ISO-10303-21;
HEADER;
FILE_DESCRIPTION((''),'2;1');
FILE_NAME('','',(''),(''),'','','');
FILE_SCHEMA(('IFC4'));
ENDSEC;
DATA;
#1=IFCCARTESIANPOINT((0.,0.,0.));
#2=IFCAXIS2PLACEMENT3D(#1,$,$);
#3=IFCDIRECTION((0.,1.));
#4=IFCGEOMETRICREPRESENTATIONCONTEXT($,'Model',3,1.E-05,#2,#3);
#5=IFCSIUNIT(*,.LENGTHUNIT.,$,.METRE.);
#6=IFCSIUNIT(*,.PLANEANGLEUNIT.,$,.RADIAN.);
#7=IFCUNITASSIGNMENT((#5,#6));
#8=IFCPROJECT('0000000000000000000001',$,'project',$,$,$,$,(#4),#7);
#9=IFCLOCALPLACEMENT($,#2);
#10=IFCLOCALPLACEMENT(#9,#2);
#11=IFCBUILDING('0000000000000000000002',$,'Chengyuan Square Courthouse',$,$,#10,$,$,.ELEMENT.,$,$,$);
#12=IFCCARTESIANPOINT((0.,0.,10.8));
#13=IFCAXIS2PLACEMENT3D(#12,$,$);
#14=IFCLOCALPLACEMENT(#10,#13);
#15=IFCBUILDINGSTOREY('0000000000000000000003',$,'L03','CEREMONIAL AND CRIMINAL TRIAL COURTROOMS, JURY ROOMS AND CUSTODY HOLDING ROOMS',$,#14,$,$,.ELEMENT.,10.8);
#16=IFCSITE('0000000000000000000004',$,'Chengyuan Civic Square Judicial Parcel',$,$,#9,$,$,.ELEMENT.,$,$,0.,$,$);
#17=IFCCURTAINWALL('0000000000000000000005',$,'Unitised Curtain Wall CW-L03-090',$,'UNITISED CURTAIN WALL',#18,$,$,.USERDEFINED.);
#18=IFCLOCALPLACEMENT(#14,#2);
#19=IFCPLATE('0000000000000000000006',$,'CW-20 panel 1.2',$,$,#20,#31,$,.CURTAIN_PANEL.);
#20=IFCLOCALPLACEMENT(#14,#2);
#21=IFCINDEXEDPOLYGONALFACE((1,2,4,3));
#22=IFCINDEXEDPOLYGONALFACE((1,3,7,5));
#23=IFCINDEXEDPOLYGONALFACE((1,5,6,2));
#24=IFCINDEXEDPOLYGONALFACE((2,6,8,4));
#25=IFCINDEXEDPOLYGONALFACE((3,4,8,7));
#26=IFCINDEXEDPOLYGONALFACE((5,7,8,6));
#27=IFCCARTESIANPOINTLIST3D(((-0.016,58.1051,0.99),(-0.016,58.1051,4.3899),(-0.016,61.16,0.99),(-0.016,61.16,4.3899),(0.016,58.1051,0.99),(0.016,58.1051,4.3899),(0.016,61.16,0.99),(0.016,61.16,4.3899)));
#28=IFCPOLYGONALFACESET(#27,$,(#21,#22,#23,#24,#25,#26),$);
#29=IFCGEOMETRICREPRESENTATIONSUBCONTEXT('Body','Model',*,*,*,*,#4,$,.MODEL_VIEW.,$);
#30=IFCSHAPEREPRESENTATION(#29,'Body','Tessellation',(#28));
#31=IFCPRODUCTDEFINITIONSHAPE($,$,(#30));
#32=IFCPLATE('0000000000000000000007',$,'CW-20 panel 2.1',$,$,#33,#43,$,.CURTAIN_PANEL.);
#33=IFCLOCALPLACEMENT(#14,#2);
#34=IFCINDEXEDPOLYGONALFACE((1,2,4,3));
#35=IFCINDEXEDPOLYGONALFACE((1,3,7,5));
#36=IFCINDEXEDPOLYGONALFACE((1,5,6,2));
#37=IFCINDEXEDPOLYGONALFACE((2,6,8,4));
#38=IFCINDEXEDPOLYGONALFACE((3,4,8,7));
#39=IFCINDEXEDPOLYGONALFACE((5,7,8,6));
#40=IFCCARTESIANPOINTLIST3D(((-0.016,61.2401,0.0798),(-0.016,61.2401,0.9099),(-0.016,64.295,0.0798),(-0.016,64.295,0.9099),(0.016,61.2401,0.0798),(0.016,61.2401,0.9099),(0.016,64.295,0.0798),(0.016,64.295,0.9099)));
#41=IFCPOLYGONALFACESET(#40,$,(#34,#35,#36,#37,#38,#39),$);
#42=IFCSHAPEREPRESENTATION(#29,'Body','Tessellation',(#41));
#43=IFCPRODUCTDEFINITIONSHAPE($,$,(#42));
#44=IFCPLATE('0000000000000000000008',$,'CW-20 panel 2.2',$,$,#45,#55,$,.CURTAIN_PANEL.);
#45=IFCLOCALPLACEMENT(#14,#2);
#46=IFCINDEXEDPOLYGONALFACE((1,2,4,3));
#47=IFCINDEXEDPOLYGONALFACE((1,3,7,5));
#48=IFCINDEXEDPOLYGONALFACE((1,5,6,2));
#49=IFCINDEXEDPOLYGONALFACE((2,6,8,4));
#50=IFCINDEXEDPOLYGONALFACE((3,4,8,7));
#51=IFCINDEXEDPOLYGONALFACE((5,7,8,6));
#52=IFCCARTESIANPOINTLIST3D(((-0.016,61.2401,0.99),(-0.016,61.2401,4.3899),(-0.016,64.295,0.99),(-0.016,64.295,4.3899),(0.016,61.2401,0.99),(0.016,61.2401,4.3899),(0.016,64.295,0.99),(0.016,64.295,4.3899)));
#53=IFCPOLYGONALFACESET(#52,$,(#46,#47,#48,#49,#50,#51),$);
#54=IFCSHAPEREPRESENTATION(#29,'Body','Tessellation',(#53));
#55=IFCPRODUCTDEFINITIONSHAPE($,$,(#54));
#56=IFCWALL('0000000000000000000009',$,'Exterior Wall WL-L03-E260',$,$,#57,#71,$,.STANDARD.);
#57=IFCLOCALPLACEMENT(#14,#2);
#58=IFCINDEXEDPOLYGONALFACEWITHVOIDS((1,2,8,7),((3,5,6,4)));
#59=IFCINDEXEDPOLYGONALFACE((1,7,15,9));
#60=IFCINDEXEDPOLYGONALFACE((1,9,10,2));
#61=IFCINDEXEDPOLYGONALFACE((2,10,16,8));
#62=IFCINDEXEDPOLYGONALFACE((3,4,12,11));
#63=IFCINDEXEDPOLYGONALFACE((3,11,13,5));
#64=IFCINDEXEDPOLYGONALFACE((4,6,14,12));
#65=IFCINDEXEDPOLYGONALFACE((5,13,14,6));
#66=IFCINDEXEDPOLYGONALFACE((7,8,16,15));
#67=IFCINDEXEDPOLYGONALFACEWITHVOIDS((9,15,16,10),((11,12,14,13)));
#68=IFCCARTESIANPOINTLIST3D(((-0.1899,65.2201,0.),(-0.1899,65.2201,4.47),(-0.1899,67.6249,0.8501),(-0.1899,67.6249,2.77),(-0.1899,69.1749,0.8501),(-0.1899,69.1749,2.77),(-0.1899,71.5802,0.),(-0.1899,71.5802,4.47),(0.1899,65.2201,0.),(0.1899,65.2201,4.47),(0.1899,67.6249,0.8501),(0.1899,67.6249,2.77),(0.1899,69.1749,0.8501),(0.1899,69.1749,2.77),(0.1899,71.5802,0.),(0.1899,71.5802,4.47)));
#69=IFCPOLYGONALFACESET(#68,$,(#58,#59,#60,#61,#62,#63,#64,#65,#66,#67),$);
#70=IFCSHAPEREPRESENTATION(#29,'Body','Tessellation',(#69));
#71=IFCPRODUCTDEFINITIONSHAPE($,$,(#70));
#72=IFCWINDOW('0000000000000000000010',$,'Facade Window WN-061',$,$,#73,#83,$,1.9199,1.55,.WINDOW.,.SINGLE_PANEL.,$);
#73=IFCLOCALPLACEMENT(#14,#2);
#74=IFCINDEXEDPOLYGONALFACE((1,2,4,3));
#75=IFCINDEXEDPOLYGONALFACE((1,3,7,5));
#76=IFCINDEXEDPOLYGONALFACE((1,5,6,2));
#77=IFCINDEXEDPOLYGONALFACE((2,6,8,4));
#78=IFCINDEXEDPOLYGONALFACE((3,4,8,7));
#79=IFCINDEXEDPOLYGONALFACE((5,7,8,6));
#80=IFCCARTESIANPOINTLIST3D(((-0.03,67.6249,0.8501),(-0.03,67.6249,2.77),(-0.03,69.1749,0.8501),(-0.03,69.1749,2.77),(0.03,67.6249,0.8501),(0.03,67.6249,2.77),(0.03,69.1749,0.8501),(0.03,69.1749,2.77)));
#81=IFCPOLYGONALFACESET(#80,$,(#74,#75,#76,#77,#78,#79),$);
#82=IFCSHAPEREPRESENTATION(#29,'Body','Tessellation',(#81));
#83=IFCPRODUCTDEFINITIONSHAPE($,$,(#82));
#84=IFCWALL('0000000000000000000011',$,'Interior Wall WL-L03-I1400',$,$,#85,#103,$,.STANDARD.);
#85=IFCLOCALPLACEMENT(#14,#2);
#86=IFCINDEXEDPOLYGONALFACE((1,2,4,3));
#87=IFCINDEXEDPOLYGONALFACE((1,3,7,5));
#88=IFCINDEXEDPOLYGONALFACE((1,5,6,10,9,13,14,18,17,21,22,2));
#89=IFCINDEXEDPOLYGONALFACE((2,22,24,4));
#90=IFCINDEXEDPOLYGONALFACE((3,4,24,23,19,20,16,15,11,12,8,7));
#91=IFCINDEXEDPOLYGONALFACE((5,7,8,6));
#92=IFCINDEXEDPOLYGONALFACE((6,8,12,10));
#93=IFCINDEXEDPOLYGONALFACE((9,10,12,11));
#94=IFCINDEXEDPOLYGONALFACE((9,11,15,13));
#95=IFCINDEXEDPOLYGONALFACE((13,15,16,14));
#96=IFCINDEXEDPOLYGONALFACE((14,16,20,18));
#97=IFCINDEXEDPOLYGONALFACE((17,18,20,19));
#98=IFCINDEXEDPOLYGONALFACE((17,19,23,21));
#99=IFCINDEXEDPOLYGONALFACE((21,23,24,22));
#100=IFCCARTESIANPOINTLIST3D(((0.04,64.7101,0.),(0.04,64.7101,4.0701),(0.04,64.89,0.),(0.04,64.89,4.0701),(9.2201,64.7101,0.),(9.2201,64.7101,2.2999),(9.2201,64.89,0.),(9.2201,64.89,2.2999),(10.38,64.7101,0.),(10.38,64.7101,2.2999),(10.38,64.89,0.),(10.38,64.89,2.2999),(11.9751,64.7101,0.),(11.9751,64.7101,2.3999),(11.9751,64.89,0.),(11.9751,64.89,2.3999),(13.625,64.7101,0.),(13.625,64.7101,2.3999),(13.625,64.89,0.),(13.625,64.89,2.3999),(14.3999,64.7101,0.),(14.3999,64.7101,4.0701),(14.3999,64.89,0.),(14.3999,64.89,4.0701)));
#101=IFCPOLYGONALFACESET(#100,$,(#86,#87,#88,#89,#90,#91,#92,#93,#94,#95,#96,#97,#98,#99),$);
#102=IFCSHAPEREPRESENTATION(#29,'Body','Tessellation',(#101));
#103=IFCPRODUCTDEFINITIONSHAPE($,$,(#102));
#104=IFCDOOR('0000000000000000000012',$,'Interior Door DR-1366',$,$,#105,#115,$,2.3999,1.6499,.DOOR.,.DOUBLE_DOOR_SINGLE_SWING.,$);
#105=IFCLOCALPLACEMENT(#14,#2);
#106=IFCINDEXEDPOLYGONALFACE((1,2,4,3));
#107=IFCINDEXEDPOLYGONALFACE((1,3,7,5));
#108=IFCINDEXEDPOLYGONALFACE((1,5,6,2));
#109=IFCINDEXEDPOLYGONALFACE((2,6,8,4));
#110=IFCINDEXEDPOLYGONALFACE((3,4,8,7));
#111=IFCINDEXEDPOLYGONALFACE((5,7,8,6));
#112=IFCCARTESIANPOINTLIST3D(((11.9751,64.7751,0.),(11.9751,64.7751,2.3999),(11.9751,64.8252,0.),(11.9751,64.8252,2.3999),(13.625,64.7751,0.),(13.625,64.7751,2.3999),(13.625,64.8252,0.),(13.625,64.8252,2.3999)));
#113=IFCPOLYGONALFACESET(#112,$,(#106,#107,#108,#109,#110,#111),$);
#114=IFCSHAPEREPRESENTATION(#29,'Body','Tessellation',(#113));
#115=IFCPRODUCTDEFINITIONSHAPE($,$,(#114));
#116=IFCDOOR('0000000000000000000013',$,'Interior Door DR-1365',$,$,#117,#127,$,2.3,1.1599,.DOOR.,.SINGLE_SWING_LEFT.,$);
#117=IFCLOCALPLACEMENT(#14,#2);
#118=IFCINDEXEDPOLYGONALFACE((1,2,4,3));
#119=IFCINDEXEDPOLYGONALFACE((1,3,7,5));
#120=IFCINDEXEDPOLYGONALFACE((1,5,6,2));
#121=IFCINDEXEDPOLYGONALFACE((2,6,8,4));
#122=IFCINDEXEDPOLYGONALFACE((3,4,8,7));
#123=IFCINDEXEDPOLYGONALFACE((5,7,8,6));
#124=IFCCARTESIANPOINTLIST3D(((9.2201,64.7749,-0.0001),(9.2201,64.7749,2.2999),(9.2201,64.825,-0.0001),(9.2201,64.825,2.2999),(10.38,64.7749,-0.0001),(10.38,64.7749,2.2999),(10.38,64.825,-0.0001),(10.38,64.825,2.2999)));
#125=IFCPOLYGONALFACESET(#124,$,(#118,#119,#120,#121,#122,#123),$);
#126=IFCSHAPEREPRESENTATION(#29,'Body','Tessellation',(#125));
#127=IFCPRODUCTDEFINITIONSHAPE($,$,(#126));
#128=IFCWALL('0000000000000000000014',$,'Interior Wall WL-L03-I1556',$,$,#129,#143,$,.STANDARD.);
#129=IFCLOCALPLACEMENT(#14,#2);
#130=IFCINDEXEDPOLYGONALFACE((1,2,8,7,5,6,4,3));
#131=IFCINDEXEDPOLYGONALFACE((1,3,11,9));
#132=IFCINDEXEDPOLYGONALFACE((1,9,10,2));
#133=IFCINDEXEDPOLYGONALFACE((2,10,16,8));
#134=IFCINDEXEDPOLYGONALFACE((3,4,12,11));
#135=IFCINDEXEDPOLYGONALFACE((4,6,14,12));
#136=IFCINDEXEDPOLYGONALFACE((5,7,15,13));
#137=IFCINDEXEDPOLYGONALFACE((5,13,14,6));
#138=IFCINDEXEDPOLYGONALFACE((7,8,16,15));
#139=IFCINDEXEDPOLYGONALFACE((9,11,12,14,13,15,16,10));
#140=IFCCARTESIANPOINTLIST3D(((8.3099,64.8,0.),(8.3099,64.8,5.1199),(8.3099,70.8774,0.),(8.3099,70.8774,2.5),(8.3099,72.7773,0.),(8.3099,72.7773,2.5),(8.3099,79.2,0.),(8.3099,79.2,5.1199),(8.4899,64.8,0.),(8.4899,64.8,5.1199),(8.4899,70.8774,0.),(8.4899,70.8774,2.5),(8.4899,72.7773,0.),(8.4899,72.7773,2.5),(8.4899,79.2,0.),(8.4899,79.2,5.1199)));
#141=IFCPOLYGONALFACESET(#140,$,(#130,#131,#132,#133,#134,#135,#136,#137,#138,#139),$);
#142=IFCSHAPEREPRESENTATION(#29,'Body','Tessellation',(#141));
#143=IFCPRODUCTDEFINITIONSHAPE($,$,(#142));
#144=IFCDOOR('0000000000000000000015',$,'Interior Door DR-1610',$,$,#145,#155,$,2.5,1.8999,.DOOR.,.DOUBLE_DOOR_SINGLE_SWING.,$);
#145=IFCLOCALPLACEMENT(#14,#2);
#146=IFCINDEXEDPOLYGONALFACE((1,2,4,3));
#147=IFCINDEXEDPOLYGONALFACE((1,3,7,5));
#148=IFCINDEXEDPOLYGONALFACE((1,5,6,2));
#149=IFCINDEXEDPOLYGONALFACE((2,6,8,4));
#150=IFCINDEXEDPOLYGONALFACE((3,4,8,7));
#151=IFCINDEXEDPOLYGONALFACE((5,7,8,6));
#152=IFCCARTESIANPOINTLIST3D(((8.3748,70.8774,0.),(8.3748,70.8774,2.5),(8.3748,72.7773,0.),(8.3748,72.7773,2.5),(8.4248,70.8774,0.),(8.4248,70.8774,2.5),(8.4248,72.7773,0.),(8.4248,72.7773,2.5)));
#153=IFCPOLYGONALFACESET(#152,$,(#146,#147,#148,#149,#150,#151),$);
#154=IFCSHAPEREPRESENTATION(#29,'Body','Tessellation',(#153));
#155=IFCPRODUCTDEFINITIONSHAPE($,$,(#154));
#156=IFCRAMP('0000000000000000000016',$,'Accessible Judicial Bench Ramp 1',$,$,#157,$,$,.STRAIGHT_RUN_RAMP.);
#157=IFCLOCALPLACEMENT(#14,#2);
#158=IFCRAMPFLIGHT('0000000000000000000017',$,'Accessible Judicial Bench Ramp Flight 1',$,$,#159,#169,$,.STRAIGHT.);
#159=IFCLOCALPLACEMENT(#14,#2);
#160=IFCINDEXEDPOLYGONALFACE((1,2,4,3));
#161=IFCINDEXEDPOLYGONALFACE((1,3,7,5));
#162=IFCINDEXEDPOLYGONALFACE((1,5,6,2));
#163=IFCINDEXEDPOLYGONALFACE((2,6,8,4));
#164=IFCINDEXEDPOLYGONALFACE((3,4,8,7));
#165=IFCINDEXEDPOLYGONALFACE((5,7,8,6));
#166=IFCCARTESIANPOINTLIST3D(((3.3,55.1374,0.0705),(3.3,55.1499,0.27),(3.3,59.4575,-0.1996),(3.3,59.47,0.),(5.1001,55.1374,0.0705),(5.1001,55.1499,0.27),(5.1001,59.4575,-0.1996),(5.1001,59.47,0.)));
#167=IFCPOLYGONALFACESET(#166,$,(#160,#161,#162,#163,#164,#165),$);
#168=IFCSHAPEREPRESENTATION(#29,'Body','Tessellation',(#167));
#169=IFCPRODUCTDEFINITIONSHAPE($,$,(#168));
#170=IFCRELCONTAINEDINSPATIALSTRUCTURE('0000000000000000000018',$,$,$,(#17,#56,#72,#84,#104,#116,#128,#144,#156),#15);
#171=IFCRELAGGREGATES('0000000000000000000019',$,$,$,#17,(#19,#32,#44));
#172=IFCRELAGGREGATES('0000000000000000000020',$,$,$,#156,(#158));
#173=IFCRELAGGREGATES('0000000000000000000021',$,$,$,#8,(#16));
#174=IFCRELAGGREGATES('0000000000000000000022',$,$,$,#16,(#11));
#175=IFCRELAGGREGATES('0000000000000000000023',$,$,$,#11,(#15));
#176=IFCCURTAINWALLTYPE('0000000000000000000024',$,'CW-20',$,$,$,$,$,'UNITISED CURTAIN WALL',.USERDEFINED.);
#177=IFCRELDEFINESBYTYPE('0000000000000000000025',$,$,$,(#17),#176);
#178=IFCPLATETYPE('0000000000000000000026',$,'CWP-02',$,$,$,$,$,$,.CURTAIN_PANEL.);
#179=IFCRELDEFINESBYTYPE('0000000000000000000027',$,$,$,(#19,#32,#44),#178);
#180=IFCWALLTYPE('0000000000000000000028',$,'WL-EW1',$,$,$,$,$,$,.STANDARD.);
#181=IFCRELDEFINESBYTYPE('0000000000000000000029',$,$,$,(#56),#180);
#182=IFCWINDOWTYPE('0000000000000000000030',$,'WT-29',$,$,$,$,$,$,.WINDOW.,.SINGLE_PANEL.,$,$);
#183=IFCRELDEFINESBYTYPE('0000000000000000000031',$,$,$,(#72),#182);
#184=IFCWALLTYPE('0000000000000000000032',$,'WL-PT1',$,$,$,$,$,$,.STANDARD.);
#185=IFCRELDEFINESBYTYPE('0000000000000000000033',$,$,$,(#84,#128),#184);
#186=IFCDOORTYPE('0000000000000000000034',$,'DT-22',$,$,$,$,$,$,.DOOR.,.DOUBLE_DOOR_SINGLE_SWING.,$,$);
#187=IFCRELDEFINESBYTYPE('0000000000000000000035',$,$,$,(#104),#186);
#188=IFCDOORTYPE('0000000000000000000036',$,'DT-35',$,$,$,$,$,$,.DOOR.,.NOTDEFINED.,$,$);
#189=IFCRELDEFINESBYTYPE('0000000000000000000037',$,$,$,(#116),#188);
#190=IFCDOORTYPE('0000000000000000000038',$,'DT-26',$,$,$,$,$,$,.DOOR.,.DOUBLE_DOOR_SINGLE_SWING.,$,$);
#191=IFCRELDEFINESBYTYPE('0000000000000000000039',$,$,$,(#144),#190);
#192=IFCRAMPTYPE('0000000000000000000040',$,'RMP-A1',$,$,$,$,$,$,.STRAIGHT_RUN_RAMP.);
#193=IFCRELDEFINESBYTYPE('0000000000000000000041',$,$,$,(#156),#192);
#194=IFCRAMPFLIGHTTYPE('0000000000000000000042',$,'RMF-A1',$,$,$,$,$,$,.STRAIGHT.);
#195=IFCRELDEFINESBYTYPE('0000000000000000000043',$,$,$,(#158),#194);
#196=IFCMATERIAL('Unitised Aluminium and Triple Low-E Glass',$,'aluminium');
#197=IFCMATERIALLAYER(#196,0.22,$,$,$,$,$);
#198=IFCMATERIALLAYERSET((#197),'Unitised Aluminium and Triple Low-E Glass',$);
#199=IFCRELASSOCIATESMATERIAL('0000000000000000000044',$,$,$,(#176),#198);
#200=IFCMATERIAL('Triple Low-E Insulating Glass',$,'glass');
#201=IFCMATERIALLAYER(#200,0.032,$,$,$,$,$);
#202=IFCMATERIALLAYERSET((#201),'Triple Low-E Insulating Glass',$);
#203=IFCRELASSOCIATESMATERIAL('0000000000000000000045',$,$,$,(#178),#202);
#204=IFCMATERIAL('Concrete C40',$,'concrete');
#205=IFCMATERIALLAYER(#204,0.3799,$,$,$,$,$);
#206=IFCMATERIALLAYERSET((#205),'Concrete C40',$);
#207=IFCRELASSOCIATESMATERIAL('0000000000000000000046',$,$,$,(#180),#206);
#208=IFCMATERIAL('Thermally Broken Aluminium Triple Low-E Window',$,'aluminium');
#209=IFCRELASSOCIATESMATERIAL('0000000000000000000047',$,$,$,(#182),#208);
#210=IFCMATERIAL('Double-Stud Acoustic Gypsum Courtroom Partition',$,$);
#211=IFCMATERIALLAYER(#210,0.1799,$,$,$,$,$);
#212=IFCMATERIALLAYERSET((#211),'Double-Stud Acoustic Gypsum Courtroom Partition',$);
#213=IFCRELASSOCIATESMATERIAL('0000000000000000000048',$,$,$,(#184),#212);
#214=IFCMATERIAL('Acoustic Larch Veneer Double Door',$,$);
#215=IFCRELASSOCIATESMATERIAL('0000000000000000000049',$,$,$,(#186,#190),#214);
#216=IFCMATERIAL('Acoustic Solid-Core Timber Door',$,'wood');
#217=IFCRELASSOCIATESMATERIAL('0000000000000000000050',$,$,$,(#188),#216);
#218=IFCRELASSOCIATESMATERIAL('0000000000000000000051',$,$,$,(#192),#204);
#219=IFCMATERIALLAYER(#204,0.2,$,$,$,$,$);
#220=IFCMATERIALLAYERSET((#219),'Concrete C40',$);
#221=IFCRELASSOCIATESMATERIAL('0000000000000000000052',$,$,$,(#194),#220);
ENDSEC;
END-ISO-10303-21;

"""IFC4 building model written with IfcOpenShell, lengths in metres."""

from ifc_helpers import new_model, si_unit, direction, frame, frame_2d, origin, origin_2d, place, context, subcontext, project, spatial, polyline, rectangle, outline, extrude, material, layer, layer_set, type_object, element, fill, aggregate, save


model = new_model("IFC4")

# Units and contexts
model_context = context("Model", 3, precision=1e-05, world=origin(), true_north=direction((0.0, 1.0)))
body_context = subcontext(model_context, "Body", "Model", "MODEL_VIEW")
ifc_project = project(units=[si_unit("LENGTHUNIT", "METRE"), si_unit("PLANEANGLEUNIT", "RADIAN")], contexts=[model_context])

# Site, building, storey
site_placement = place(None, origin())
site = spatial("IfcSite", under=ifc_project, at=site_placement, Name="Chengyuan Civic Square Judicial Parcel", CompositionType="ELEMENT", RefElevation=0.0)
building_placement = place(site_placement, origin())
building = spatial("IfcBuilding", under=site, at=building_placement, Name="Chengyuan Square Courthouse", CompositionType="ELEMENT")
storey_placement = place(building_placement, frame((0.0, 0.0, 10.8)))
storey = spatial("IfcBuildingStorey", under=building, at=storey_placement, Name="L03", Description="CEREMONIAL AND CRIMINAL TRIAL COURTROOMS, JURY ROOMS AND CUSTODY HOLDING ROOMS", CompositionType="ELEMENT", Elevation=10.8)

# Shared definitions
ifc_material_1 = material(Name="Concrete C40", Category="concrete")

# Curtain wall
ifc_material_2 = material(Name="Unitised Aluminium and Triple Low-E Glass", Category="aluminium")
ifc_layer_1 = layer(ifc_material_2, 0.22)
ifc_layer_set_1 = layer_set([ifc_layer_1], Name="Unitised Aluminium and Triple Low-E Glass")
curtain_wall_type = type_object("IfcCurtainWallType", Name="CW-20", ElementType="UNITISED CURTAIN WALL", PredefinedType="USERDEFINED", material=ifc_layer_set_1)
curtain_wall_placement = place(storey_placement, origin())
curtain_wall = element("IfcCurtainWall", 1, at=curtain_wall_placement, inside=storey, type_object=curtain_wall_type, Name="Unitised Curtain Wall CW-L03-090", ObjectType="UNITISED CURTAIN WALL", PredefinedType="USERDEFINED")

# Plates
ifc_material_3 = material(Name="Triple Low-E Insulating Glass", Category="glass")
ifc_layer_2 = layer(ifc_material_3, 0.032)
ifc_layer_set_2 = layer_set([ifc_layer_2], Name="Triple Low-E Insulating Glass")
plate_type = type_object("IfcPlateType", Name="CWP-02", PredefinedType="CURTAIN_PANEL", material=ifc_layer_set_2)
plate_1_placement = place(storey_placement, frame((0.0, 59.6326, 0.99), z_axis=(0.0, 0.0, 1.0), x_axis=(0.0, 1.0, 0.0)))
plate_1 = element("IfcPlate", 2, at=plate_1_placement, type_object=plate_type, Name="CW-20 panel 1.2", PredefinedType="CURTAIN_PANEL", context=body_context, shape_type="SweptSolid", body=[
    extrude(rectangle(XDim=3.0549, YDim=0.032, at=origin_2d()), origin(), (0.0, 0.0, 1.0), 3.3999),
])
plate_2_placement = place(storey_placement, frame((0.0, 62.7676, 0.0798), z_axis=(0.0, 0.0, 1.0), x_axis=(0.0, 1.0, 0.0)))
plate_2 = element("IfcPlate", 3, at=plate_2_placement, type_object=plate_type, Name="CW-20 panel 2.1", PredefinedType="CURTAIN_PANEL", context=body_context, shape_type="SweptSolid", body=[
    extrude(rectangle(XDim=3.0549, YDim=0.032, at=origin_2d()), origin(), (0.0, 0.0, 1.0), 0.8301),
])
plate_3_placement = place(storey_placement, frame((0.0, 62.7676, 0.99), z_axis=(0.0, 0.0, 1.0), x_axis=(0.0, 1.0, 0.0)))
plate_3 = element("IfcPlate", 4, at=plate_3_placement, type_object=plate_type, Name="CW-20 panel 2.2", PredefinedType="CURTAIN_PANEL", context=body_context, shape_type="SweptSolid", body=[
    extrude(rectangle(XDim=3.0549, YDim=0.032, at=origin_2d()), origin(), (0.0, 0.0, 1.0), 3.3999),
])
aggregate(curtain_wall, [plate_1, plate_2, plate_3])

# Wall, opening, window
ifc_layer_3 = layer(ifc_material_1, 0.3799)
ifc_layer_set_3 = layer_set([ifc_layer_3], Name="Concrete C40")
wall_type_1 = type_object("IfcWallType", Name="WL-EW1", PredefinedType="STANDARD", material=ifc_layer_set_3)
wall_1_placement = place(storey_placement, frame((0.0, 65.22, 0.0), z_axis=(0.0, 0.0, 1.0), x_axis=(0.0, 1.0, 0.0)))
wall_1 = element("IfcWall", 5, at=wall_1_placement, inside=storey, type_object=wall_type_1, Name="Exterior Wall WL-L03-E260", PredefinedType="STANDARD", context=body_context, shape_type="SweptSolid", body=[
    extrude(rectangle(XDim=6.3601, YDim=0.3799, at=frame_2d((3.1802, 0.0))), origin(), (0.0, 0.0, 1.0), 4.47),
])
opening_1_placement = place(wall_1_placement, frame((2.405, 0.0, 0.8501)))
opening_1 = element("IfcOpeningElement", 6, at=opening_1_placement, cuts=wall_1, PredefinedType="OPENING", context=body_context, shape_type="SweptSolid", body=[
    extrude(rectangle(XDim=1.55, YDim=1.9199, at=frame_2d((0.7749, 0.96))), frame((0.0, 0.2019, 0.0), z_axis=(0.0, -1.0, 0.0), x_axis=(1.0, 0.0, 0.0)), (0.0, 0.0, 1.0), 0.4038),
])
ifc_material_4 = material(Name="Thermally Broken Aluminium Triple Low-E Window", Category="aluminium")
window_type = type_object("IfcWindowType", Name="WT-29", PartitioningType="SINGLE_PANEL", PredefinedType="WINDOW", material=ifc_material_4)
window_placement = place(opening_1_placement, origin())
window = element("IfcWindow", 7, at=window_placement, inside=storey, type_object=window_type, Name="Facade Window WN-061", OverallHeight=1.9199, OverallWidth=1.55, PartitioningType="SINGLE_PANEL", PredefinedType="WINDOW", context=body_context, shape_type="SweptSolid", body=[
    extrude(rectangle(XDim=1.55, YDim=1.9199, at=frame_2d((0.7749, 0.96))), frame((0.0, 0.03, 0.0), z_axis=(0.0, -1.0, 0.0), x_axis=(1.0, 0.0, 0.0)), (0.0, 0.0, 1.0), 0.0601),
])
fill(opening_1, window)

# Wall, openings, doors
ifc_material_5 = material(Name="Double-Stud Acoustic Gypsum Courtroom Partition")
ifc_layer_4 = layer(ifc_material_5, 0.1799)
ifc_layer_set_4 = layer_set([ifc_layer_4], Name="Double-Stud Acoustic Gypsum Courtroom Partition")
wall_type_2 = type_object("IfcWallType", Name="WL-PT1", PredefinedType="STANDARD", material=ifc_layer_set_4)
wall_2_placement = place(storey_placement, frame((0.04, 64.8, 0.0), z_axis=(0.0, 0.0, 1.0), x_axis=(1.0, 0.0, 0.0)))
wall_2 = element("IfcWall", 8, at=wall_2_placement, inside=storey, type_object=wall_type_2, Name="Interior Wall WL-L03-I1400", PredefinedType="STANDARD", context=body_context, shape_type="SweptSolid", body=[
    extrude(rectangle(XDim=14.3599, YDim=0.1799, at=frame_2d((7.1799, 0.0))), origin(), (0.0, 0.0, 1.0), 4.0701),
])
opening_2_placement = place(wall_2_placement, frame((9.1799, 0.0, 0.0)))
opening_2 = element("IfcOpeningElement", 9, at=opening_2_placement, cuts=wall_2, PredefinedType="OPENING", context=body_context, shape_type="SweptSolid", body=[
    extrude(rectangle(XDim=1.1599, YDim=2.3, at=frame_2d((0.5801, 1.1499))), frame((0.0, 0.1021, 0.0), z_axis=(0.0, -1.0, 0.0), x_axis=(1.0, 0.0, 0.0)), (0.0, 0.0, 1.0), 0.2039),
])
opening_3_placement = place(wall_2_placement, frame((11.9351, 0.0, 0.0)))
opening_3 = element("IfcOpeningElement", 10, at=opening_3_placement, cuts=wall_2, PredefinedType="OPENING", context=body_context, shape_type="SweptSolid", body=[
    extrude(rectangle(XDim=1.6499, YDim=2.3999, at=frame_2d((0.825, 1.2))), frame((0.0, 0.1021, 0.0), z_axis=(0.0, -1.0, 0.0), x_axis=(1.0, 0.0, 0.0)), (0.0, 0.0, 1.0), 0.2039),
])
ifc_material_6 = material(Name="Acoustic Larch Veneer Double Door")
door_type_1 = type_object("IfcDoorType", Name="DT-22", OperationType="DOUBLE_DOOR_SINGLE_SWING", PredefinedType="DOOR", material=ifc_material_6)
door_1_placement = place(opening_3_placement, frame((1.6499, 0.0, 0.0), z_axis=(0.0, 0.0, 1.0), x_axis=(-1.0, 0.0, 0.0)))
door_1 = element("IfcDoor", 11, at=door_1_placement, inside=storey, type_object=door_type_1, Name="Interior Door DR-1366", OperationType="DOUBLE_DOOR_SINGLE_SWING", OverallHeight=2.3999, OverallWidth=1.6499, PredefinedType="DOOR", context=body_context, shape_type="SweptSolid", body=[
    extrude(rectangle(XDim=1.6499, YDim=2.3999, at=frame_2d((0.825, 1.2))), frame((0.0, 0.0249, 0.0), z_axis=(0.0, -1.0, 0.0), x_axis=(1.0, 0.0, 0.0)), (0.0, 0.0, 1.0), 0.05),
])
fill(opening_3, door_1)
ifc_material_7 = material(Name="Acoustic Solid-Core Timber Door", Category="wood")
door_type_2 = type_object("IfcDoorType", Name="DT-35", OperationType="NOTDEFINED", PredefinedType="DOOR", material=ifc_material_7)
door_2_placement = place(opening_2_placement, origin())
door_2 = element("IfcDoor", 12, at=door_2_placement, inside=storey, type_object=door_type_2, Name="Interior Door DR-1365", OperationType="SINGLE_SWING_LEFT", OverallHeight=2.3, OverallWidth=1.1599, PredefinedType="DOOR", context=body_context, shape_type="SweptSolid", body=[
    extrude(rectangle(XDim=1.1599, YDim=2.3, at=frame_2d((0.5801, 1.1499))), frame((0.0, 0.0249, 0.0), z_axis=(0.0, -1.0, 0.0), x_axis=(1.0, 0.0, 0.0)), (0.0, 0.0, 1.0), 0.05),
])
fill(opening_2, door_2)

# Wall, opening, door
wall_3_placement = place(storey_placement, frame((8.3999, 64.8, 0.0), z_axis=(0.0, 0.0, 1.0), x_axis=(0.0, 1.0, 0.0)))
wall_3 = element("IfcWall", 13, at=wall_3_placement, inside=storey, type_object=wall_type_2, Name="Interior Wall WL-L03-I1556", PredefinedType="STANDARD", context=body_context, shape_type="SweptSolid", body=[
    extrude(rectangle(XDim=14.3999, YDim=0.1799, at=frame_2d((7.2, 0.0))), origin(), (0.0, 0.0, 1.0), 5.1199),
])
opening_4_placement = place(wall_3_placement, frame((6.0774, 0.0, 0.0)))
opening_4 = element("IfcOpeningElement", 14, at=opening_4_placement, cuts=wall_3, PredefinedType="OPENING", context=body_context, shape_type="SweptSolid", body=[
    extrude(rectangle(XDim=1.8999, YDim=2.5, at=frame_2d((0.95, 1.25))), frame((0.0, 0.1021, 0.0), z_axis=(0.0, -1.0, 0.0), x_axis=(1.0, 0.0, 0.0)), (0.0, 0.0, 1.0), 0.2039),
])
door_type_3 = type_object("IfcDoorType", Name="DT-26", OperationType="DOUBLE_DOOR_SINGLE_SWING", PredefinedType="DOOR", material=ifc_material_6)
door_3_placement = place(opening_4_placement, frame((1.8999, 0.0, 0.0), z_axis=(0.0, 0.0, 1.0), x_axis=(-1.0, 0.0, 0.0)))
door_3 = element("IfcDoor", 15, at=door_3_placement, inside=storey, type_object=door_type_3, Name="Interior Door DR-1610", OperationType="DOUBLE_DOOR_SINGLE_SWING", OverallHeight=2.5, OverallWidth=1.8999, PredefinedType="DOOR", context=body_context, shape_type="SweptSolid", body=[
    extrude(rectangle(XDim=1.8999, YDim=2.5, at=frame_2d((0.95, 1.25))), frame((0.0, 0.0249, 0.0), z_axis=(0.0, -1.0, 0.0), x_axis=(1.0, 0.0, 0.0)), (0.0, 0.0, 1.0), 0.05),
])
fill(opening_4, door_3)

# Ramp, ramp flight
ramp_type = type_object("IfcRampType", Name="RMP-A1", PredefinedType="STRAIGHT_RUN_RAMP", material=ifc_material_1)
ramp_placement = place(storey_placement, origin())
ramp = element("IfcRamp", 16, at=ramp_placement, inside=storey, type_object=ramp_type, Name="Accessible Judicial Bench Ramp 1", PredefinedType="STRAIGHT_RUN_RAMP")
ifc_layer_5 = layer(ifc_material_1, 0.2)
ifc_layer_set_5 = layer_set([ifc_layer_5], Name="Concrete C40")
ramp_flight_type = type_object("IfcRampFlightType", Name="RMF-A1", PredefinedType="STRAIGHT", material=ifc_layer_set_5)
ramp_flight_placement = place(storey_placement, frame((3.3, 59.47, 0.0), z_axis=(0.0, 0.062382, 0.998052), x_axis=(1.0, 0.0, 0.0)))
ramp_flight = element("IfcRampFlight", 17, at=ramp_flight_placement, type_object=ramp_flight_type, Name="Accessible Judicial Bench Ramp Flight 1", PredefinedType="STRAIGHT", context=body_context, shape_type="SweptSolid", body=[
    extrude(outline(polyline([(0.0, 0.0), (1.8, 0.0), (1.8, -4.3285), (0.0, -4.3285), (0.0, 0.0)])), origin(), (0.0, 0.0, -1.0), 0.2),
])
aggregate(ramp, [ramp_flight])

save(model, "model.ifc")
